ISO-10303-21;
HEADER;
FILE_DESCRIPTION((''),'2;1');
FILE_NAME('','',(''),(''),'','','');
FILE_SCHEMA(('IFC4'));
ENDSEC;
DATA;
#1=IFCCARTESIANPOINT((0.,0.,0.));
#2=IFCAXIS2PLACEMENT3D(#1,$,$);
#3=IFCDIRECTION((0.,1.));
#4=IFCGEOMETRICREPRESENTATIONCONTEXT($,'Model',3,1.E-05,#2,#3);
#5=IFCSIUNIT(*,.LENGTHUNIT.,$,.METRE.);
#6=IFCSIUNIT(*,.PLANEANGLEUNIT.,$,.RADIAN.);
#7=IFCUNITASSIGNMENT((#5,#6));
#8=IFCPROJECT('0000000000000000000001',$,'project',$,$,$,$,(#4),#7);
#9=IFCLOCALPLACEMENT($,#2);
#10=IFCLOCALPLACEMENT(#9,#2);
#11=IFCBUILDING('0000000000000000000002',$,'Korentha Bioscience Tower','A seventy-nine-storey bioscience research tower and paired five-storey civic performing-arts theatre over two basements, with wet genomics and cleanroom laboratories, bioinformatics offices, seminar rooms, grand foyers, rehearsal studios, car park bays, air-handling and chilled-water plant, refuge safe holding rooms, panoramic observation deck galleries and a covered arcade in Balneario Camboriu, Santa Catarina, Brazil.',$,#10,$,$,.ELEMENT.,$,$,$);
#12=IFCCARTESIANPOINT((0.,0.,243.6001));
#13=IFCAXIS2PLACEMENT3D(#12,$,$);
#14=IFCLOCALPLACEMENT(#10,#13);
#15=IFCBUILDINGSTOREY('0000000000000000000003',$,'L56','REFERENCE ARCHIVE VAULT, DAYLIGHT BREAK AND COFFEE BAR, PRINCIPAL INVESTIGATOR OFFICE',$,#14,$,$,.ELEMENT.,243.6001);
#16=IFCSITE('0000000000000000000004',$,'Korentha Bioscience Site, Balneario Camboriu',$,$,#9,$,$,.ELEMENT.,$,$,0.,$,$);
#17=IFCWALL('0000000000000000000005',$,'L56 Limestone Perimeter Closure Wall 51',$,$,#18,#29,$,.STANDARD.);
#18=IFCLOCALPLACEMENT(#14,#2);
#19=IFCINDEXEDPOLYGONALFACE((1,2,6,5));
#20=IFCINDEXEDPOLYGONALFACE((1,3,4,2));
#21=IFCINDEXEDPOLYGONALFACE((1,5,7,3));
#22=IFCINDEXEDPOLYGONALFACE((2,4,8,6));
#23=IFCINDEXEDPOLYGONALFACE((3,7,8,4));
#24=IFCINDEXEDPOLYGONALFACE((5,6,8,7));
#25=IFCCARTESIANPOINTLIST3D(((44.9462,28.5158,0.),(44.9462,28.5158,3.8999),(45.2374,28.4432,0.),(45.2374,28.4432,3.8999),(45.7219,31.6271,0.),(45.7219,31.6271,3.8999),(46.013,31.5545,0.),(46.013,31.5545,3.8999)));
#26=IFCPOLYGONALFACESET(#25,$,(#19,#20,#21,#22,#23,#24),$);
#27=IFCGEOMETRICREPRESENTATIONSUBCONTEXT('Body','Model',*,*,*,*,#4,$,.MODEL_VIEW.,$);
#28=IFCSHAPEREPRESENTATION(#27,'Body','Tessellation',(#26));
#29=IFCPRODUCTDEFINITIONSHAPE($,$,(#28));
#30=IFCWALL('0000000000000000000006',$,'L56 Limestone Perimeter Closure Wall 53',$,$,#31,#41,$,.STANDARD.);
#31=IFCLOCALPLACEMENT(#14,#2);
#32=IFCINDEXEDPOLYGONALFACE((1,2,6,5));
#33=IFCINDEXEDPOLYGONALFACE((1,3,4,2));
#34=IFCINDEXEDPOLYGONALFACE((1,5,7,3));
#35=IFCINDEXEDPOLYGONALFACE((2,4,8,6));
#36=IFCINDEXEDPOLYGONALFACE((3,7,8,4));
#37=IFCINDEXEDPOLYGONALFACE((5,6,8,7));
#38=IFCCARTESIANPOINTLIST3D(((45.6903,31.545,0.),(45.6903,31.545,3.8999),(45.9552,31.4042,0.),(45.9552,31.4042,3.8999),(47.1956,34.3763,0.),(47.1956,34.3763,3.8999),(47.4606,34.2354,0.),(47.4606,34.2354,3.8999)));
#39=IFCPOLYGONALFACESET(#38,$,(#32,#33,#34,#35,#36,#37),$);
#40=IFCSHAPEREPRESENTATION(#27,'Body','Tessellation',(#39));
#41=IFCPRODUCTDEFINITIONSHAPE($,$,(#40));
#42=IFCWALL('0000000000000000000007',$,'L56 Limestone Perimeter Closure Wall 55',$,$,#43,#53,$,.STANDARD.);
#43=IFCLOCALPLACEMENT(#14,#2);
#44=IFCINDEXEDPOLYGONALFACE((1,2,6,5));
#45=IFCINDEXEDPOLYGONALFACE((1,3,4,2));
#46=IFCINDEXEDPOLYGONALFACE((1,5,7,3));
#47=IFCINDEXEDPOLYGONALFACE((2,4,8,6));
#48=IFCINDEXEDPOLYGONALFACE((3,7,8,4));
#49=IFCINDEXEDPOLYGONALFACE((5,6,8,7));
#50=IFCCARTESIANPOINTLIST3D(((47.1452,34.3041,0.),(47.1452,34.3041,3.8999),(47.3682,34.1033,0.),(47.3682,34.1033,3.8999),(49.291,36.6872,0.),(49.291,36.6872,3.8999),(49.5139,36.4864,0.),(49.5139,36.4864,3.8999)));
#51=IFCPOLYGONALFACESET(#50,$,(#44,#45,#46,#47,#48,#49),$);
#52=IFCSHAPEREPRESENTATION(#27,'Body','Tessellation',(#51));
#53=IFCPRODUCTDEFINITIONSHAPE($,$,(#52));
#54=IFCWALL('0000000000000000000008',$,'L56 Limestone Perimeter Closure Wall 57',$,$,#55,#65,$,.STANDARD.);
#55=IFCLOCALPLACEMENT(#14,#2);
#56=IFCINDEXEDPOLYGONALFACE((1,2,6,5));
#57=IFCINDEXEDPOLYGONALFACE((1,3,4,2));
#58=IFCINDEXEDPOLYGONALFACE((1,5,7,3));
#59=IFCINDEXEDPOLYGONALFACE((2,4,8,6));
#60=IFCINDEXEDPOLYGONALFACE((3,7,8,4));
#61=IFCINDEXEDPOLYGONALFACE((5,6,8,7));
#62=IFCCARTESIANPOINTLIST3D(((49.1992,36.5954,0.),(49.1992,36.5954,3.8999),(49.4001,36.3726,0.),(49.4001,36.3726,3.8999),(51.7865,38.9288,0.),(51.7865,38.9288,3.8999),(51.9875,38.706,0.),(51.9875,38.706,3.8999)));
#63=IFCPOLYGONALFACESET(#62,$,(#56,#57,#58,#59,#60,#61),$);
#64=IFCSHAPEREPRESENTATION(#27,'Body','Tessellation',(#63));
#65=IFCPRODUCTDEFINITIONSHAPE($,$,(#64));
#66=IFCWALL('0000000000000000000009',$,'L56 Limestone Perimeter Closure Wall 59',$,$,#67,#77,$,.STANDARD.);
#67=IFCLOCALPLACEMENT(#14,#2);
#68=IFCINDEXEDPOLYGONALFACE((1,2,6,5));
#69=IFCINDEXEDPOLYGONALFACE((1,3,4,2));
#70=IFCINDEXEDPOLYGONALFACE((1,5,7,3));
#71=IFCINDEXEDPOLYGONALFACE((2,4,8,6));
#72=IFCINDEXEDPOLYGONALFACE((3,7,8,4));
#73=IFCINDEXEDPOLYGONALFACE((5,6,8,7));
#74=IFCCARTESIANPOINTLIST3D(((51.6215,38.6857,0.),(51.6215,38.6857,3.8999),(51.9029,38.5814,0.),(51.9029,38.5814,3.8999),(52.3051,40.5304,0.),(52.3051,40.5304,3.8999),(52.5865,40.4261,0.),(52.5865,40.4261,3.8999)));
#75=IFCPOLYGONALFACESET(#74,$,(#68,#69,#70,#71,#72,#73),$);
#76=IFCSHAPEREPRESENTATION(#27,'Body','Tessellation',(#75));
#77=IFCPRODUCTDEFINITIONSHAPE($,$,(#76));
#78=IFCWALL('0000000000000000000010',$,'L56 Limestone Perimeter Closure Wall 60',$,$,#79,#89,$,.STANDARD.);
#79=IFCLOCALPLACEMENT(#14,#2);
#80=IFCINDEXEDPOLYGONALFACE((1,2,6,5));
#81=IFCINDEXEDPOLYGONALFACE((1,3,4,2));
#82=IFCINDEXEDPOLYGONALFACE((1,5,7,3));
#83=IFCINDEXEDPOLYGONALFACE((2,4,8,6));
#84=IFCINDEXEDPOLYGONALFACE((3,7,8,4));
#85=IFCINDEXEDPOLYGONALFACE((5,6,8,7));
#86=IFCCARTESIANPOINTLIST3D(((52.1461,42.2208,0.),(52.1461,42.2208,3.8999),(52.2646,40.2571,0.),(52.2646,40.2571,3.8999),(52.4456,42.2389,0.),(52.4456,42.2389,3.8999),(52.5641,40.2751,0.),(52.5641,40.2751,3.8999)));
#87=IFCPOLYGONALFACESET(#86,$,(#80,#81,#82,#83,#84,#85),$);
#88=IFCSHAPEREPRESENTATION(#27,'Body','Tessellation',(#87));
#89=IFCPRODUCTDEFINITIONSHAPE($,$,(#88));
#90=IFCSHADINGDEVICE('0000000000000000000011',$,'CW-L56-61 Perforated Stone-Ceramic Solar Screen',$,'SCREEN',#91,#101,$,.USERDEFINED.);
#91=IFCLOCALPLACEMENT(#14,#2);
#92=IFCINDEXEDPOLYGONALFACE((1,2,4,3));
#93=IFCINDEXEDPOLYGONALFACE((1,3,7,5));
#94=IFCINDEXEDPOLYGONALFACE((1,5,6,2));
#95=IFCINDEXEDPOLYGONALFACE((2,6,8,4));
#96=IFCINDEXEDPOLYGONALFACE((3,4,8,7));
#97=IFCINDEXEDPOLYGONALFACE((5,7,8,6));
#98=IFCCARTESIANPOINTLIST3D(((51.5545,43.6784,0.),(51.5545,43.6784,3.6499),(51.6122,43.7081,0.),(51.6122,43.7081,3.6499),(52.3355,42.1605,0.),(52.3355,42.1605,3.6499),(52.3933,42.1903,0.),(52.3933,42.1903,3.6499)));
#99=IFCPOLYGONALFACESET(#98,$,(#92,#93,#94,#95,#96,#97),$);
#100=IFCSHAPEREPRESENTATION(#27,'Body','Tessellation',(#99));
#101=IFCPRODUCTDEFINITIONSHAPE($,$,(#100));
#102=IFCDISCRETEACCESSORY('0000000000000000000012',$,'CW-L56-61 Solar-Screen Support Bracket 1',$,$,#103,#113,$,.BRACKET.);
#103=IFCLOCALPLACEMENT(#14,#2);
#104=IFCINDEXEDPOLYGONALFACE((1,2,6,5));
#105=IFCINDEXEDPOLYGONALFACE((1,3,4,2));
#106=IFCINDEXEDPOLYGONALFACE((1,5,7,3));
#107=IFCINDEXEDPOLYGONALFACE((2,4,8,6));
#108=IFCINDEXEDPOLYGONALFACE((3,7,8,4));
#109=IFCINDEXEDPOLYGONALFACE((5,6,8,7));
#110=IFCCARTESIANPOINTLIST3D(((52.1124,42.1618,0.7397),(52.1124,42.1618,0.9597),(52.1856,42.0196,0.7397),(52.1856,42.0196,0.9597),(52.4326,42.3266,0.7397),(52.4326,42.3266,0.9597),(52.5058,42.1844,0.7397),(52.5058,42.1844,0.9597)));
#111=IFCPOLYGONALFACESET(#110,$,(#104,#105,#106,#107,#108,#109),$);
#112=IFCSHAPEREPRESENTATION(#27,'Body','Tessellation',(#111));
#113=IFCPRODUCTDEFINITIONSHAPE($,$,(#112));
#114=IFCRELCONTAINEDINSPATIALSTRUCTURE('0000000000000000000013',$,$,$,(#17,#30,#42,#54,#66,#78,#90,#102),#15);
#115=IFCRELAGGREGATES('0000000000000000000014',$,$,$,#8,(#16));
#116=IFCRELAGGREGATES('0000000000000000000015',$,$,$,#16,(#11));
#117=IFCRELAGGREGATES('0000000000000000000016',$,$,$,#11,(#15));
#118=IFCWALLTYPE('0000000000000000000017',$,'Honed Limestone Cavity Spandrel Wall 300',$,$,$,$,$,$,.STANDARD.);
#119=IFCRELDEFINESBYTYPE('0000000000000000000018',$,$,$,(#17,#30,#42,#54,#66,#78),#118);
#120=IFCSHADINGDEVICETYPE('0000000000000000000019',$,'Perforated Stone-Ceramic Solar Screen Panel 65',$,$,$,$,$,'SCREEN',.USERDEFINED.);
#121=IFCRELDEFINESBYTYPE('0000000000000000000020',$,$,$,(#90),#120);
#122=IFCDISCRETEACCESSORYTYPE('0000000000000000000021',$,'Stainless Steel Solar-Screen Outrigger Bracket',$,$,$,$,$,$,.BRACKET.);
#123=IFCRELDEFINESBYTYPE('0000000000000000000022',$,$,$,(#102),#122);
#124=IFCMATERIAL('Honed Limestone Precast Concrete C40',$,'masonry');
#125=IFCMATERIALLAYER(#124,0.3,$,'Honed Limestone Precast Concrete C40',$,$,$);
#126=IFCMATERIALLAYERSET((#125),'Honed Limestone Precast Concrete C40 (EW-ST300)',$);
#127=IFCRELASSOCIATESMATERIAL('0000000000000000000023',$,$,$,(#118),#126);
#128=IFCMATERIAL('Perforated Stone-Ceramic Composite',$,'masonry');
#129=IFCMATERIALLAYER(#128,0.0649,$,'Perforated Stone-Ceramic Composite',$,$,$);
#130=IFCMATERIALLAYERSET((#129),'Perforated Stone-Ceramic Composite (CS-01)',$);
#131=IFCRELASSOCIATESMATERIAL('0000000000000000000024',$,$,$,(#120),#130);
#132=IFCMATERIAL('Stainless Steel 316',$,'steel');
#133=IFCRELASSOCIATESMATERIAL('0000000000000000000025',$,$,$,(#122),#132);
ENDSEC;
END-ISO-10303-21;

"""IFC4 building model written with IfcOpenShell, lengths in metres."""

from ifc_helpers import new_model, si_unit, direction, frame, frame_2d, origin, origin_2d, place, context, subcontext, project, spatial, rectangle, extrude, material, layer, layer_set, type_object, element, save


model = new_model("IFC4")

# Units and contexts
model_context = context("Model", 3, precision=1e-05, world=origin(), true_north=direction((0.0, 1.0)))
body_context = subcontext(model_context, "Body", "Model", "MODEL_VIEW")
ifc_project = project(units=[si_unit("LENGTHUNIT", "METRE"), si_unit("PLANEANGLEUNIT", "RADIAN")], contexts=[model_context])

# Site, building, storey
site_placement = place(None, origin())
site = spatial("IfcSite", under=ifc_project, at=site_placement, Name="Korentha Bioscience Site, Balneario Camboriu", CompositionType="ELEMENT", RefElevation=0.0)
building_placement = place(site_placement, origin())
building = spatial("IfcBuilding", under=site, at=building_placement, Name="Korentha Bioscience Tower", Description="A seventy-nine-storey bioscience research tower and paired five-storey civic performing-arts theatre over two basements, with wet genomics and cleanroom laboratories, bioinformatics offices, seminar rooms, grand foyers, rehearsal studios, car park bays, air-handling and chilled-water plant, refuge safe holding rooms, panoramic observation deck galleries and a covered arcade in Balneario Camboriu, Santa Catarina, Brazil.", CompositionType="ELEMENT")
storey_placement = place(building_placement, frame((0.0, 0.0, 243.6001)))
storey = spatial("IfcBuildingStorey", under=building, at=storey_placement, Name="L56", Description="REFERENCE ARCHIVE VAULT, DAYLIGHT BREAK AND COFFEE BAR, PRINCIPAL INVESTIGATOR OFFICE", CompositionType="ELEMENT", Elevation=243.6001)

# Walls
ifc_material_1 = material(Name="Honed Limestone Precast Concrete C40", Category="masonry")
ifc_layer_1 = layer(ifc_material_1, 0.3, Name="Honed Limestone Precast Concrete C40")
ifc_layer_set_1 = layer_set([ifc_layer_1], Name="Honed Limestone Precast Concrete C40 (EW-ST300)")
wall_type = type_object("IfcWallType", Name="Honed Limestone Cavity Spandrel Wall 300", PredefinedType="STANDARD", material=ifc_layer_set_1)
for number, where, z_axis, x_axis, name in (
    (1, (45.0918, 28.4795, 0.0), (0.0, 0.0, 1.0), (0.241891, 0.970304, 0.0), "L56 Limestone Perimeter Closure Wall 51"),
    (2, (45.8228, 31.4746, 0.0), (0.0, 0.0, 1.0), (0.469458, 0.882955, 0.0), "L56 Limestone Perimeter Closure Wall 53"),
):
    element("IfcWall", number, at=place(storey_placement, frame(where, z_axis=z_axis, x_axis=x_axis)), inside=storey, type_object=wall_type, Name=name, PredefinedType="STANDARD", context=body_context, shape_type="SweptSolid", body=[
        extrude(rectangle(XDim=3.2065, YDim=0.3, at=frame_2d((1.6033, 0.0))), origin(), (0.0, 0.0, 1.0), 3.8999),
    ])
wall_1_placement = place(storey_placement, frame((47.2566, 34.2036, 0.0), z_axis=(0.0, 0.0, 1.0), x_axis=(0.669137, 0.743139, 0.0)))
element("IfcWall", 3, at=wall_1_placement, inside=storey, type_object=wall_type, Name="L56 Limestone Perimeter Closure Wall 55", PredefinedType="STANDARD", context=body_context, shape_type="SweptSolid", body=[
    extrude(rectangle(XDim=3.2068, YDim=0.3, at=frame_2d((1.6035, 0.0))), origin(), (0.0, 0.0, 1.0), 3.8999),
])
wall_2_placement = place(storey_placement, frame((49.2996, 36.4839, 0.0), z_axis=(0.0, 0.0, 1.0), x_axis=(0.742604, 0.669731, 0.0)))
element("IfcWall", 4, at=wall_2_placement, inside=storey, type_object=wall_type, Name="L56 Limestone Perimeter Closure Wall 57", PredefinedType="STANDARD", context=body_context, shape_type="SweptSolid", body=[
    extrude(rectangle(XDim=3.4841, YDim=0.3, at=frame_2d((1.7422, 0.0))), origin(), (0.0, 0.0, 1.0), 3.8999),
])
for number, where, z_axis, x_axis, name in (
    (5, (51.7622, 38.6335, 0.0), (0.0, 0.0, 1.0), (0.347476, 0.937689, 0.0), "L56 Limestone Perimeter Closure Wall 59"),
    (6, (52.4143, 40.2661, 0.0), (0.0, 0.0, 1.0), (-0.060192, 0.998187, 0.0), "L56 Limestone Perimeter Closure Wall 60"),
):
    element("IfcWall", number, at=place(storey_placement, frame(where, z_axis=z_axis, x_axis=x_axis)), inside=storey, type_object=wall_type, Name=name, PredefinedType="STANDARD", context=body_context, shape_type="SweptSolid", body=[
        extrude(rectangle(XDim=1.9673, YDim=0.3, at=frame_2d((0.9836, 0.0))), origin(), (0.0, 0.0, 1.0), 3.8999),
    ])

# Shading device
ifc_material_2 = material(Name="Perforated Stone-Ceramic Composite", Category="masonry")
ifc_layer_2 = layer(ifc_material_2, 0.0649, Name="Perforated Stone-Ceramic Composite")
ifc_layer_set_2 = layer_set([ifc_layer_2], Name="Perforated Stone-Ceramic Composite (CS-01)")
shading_device_type = type_object("IfcShadingDeviceType", Name="Perforated Stone-Ceramic Solar Screen Panel 65", ElementType="SCREEN", PredefinedType="USERDEFINED", material=ifc_layer_set_2)
shading_device_placement = place(storey_placement, frame((51.9739, 42.9343, 0.0), z_axis=(0.0, 0.0, 1.0), x_axis=(-0.45757, 0.889174, 0.0)))
element("IfcShadingDevice", 7, at=shading_device_placement, inside=storey, type_object=shading_device_type, Name="CW-L56-61 Perforated Stone-Ceramic Solar Screen", ObjectType="SCREEN", PredefinedType="USERDEFINED", context=body_context, shape_type="SweptSolid", body=[
    extrude(rectangle(XDim=1.707, YDim=0.0649, at=origin_2d()), origin(), (0.0, 0.0, 1.0), 3.6499),
])

# Discrete accessory
ifc_material_3 = material(Name="Stainless Steel 316", Category="steel")
discrete_accessory_type = type_object("IfcDiscreteAccessoryType", Name="Stainless Steel Solar-Screen Outrigger Bracket", PredefinedType="BRACKET", material=ifc_material_3)
discrete_accessory_placement = place(storey_placement, frame((52.3091, 42.1731, 0.7397), z_axis=(0.0, 0.0, 1.0), x_axis=(-0.45757, 0.889174, 0.0)))
element("IfcDiscreteAccessory", 8, at=discrete_accessory_placement, inside=storey, type_object=discrete_accessory_type, Name="CW-L56-61 Solar-Screen Support Bracket 1", PredefinedType="BRACKET", context=body_context, shape_type="SweptSolid", body=[
    extrude(rectangle(XDim=0.1599, YDim=0.3601, at=origin_2d()), origin(), (0.0, 0.0, 1.0), 0.22),
])

save(model, "model.ifc")
